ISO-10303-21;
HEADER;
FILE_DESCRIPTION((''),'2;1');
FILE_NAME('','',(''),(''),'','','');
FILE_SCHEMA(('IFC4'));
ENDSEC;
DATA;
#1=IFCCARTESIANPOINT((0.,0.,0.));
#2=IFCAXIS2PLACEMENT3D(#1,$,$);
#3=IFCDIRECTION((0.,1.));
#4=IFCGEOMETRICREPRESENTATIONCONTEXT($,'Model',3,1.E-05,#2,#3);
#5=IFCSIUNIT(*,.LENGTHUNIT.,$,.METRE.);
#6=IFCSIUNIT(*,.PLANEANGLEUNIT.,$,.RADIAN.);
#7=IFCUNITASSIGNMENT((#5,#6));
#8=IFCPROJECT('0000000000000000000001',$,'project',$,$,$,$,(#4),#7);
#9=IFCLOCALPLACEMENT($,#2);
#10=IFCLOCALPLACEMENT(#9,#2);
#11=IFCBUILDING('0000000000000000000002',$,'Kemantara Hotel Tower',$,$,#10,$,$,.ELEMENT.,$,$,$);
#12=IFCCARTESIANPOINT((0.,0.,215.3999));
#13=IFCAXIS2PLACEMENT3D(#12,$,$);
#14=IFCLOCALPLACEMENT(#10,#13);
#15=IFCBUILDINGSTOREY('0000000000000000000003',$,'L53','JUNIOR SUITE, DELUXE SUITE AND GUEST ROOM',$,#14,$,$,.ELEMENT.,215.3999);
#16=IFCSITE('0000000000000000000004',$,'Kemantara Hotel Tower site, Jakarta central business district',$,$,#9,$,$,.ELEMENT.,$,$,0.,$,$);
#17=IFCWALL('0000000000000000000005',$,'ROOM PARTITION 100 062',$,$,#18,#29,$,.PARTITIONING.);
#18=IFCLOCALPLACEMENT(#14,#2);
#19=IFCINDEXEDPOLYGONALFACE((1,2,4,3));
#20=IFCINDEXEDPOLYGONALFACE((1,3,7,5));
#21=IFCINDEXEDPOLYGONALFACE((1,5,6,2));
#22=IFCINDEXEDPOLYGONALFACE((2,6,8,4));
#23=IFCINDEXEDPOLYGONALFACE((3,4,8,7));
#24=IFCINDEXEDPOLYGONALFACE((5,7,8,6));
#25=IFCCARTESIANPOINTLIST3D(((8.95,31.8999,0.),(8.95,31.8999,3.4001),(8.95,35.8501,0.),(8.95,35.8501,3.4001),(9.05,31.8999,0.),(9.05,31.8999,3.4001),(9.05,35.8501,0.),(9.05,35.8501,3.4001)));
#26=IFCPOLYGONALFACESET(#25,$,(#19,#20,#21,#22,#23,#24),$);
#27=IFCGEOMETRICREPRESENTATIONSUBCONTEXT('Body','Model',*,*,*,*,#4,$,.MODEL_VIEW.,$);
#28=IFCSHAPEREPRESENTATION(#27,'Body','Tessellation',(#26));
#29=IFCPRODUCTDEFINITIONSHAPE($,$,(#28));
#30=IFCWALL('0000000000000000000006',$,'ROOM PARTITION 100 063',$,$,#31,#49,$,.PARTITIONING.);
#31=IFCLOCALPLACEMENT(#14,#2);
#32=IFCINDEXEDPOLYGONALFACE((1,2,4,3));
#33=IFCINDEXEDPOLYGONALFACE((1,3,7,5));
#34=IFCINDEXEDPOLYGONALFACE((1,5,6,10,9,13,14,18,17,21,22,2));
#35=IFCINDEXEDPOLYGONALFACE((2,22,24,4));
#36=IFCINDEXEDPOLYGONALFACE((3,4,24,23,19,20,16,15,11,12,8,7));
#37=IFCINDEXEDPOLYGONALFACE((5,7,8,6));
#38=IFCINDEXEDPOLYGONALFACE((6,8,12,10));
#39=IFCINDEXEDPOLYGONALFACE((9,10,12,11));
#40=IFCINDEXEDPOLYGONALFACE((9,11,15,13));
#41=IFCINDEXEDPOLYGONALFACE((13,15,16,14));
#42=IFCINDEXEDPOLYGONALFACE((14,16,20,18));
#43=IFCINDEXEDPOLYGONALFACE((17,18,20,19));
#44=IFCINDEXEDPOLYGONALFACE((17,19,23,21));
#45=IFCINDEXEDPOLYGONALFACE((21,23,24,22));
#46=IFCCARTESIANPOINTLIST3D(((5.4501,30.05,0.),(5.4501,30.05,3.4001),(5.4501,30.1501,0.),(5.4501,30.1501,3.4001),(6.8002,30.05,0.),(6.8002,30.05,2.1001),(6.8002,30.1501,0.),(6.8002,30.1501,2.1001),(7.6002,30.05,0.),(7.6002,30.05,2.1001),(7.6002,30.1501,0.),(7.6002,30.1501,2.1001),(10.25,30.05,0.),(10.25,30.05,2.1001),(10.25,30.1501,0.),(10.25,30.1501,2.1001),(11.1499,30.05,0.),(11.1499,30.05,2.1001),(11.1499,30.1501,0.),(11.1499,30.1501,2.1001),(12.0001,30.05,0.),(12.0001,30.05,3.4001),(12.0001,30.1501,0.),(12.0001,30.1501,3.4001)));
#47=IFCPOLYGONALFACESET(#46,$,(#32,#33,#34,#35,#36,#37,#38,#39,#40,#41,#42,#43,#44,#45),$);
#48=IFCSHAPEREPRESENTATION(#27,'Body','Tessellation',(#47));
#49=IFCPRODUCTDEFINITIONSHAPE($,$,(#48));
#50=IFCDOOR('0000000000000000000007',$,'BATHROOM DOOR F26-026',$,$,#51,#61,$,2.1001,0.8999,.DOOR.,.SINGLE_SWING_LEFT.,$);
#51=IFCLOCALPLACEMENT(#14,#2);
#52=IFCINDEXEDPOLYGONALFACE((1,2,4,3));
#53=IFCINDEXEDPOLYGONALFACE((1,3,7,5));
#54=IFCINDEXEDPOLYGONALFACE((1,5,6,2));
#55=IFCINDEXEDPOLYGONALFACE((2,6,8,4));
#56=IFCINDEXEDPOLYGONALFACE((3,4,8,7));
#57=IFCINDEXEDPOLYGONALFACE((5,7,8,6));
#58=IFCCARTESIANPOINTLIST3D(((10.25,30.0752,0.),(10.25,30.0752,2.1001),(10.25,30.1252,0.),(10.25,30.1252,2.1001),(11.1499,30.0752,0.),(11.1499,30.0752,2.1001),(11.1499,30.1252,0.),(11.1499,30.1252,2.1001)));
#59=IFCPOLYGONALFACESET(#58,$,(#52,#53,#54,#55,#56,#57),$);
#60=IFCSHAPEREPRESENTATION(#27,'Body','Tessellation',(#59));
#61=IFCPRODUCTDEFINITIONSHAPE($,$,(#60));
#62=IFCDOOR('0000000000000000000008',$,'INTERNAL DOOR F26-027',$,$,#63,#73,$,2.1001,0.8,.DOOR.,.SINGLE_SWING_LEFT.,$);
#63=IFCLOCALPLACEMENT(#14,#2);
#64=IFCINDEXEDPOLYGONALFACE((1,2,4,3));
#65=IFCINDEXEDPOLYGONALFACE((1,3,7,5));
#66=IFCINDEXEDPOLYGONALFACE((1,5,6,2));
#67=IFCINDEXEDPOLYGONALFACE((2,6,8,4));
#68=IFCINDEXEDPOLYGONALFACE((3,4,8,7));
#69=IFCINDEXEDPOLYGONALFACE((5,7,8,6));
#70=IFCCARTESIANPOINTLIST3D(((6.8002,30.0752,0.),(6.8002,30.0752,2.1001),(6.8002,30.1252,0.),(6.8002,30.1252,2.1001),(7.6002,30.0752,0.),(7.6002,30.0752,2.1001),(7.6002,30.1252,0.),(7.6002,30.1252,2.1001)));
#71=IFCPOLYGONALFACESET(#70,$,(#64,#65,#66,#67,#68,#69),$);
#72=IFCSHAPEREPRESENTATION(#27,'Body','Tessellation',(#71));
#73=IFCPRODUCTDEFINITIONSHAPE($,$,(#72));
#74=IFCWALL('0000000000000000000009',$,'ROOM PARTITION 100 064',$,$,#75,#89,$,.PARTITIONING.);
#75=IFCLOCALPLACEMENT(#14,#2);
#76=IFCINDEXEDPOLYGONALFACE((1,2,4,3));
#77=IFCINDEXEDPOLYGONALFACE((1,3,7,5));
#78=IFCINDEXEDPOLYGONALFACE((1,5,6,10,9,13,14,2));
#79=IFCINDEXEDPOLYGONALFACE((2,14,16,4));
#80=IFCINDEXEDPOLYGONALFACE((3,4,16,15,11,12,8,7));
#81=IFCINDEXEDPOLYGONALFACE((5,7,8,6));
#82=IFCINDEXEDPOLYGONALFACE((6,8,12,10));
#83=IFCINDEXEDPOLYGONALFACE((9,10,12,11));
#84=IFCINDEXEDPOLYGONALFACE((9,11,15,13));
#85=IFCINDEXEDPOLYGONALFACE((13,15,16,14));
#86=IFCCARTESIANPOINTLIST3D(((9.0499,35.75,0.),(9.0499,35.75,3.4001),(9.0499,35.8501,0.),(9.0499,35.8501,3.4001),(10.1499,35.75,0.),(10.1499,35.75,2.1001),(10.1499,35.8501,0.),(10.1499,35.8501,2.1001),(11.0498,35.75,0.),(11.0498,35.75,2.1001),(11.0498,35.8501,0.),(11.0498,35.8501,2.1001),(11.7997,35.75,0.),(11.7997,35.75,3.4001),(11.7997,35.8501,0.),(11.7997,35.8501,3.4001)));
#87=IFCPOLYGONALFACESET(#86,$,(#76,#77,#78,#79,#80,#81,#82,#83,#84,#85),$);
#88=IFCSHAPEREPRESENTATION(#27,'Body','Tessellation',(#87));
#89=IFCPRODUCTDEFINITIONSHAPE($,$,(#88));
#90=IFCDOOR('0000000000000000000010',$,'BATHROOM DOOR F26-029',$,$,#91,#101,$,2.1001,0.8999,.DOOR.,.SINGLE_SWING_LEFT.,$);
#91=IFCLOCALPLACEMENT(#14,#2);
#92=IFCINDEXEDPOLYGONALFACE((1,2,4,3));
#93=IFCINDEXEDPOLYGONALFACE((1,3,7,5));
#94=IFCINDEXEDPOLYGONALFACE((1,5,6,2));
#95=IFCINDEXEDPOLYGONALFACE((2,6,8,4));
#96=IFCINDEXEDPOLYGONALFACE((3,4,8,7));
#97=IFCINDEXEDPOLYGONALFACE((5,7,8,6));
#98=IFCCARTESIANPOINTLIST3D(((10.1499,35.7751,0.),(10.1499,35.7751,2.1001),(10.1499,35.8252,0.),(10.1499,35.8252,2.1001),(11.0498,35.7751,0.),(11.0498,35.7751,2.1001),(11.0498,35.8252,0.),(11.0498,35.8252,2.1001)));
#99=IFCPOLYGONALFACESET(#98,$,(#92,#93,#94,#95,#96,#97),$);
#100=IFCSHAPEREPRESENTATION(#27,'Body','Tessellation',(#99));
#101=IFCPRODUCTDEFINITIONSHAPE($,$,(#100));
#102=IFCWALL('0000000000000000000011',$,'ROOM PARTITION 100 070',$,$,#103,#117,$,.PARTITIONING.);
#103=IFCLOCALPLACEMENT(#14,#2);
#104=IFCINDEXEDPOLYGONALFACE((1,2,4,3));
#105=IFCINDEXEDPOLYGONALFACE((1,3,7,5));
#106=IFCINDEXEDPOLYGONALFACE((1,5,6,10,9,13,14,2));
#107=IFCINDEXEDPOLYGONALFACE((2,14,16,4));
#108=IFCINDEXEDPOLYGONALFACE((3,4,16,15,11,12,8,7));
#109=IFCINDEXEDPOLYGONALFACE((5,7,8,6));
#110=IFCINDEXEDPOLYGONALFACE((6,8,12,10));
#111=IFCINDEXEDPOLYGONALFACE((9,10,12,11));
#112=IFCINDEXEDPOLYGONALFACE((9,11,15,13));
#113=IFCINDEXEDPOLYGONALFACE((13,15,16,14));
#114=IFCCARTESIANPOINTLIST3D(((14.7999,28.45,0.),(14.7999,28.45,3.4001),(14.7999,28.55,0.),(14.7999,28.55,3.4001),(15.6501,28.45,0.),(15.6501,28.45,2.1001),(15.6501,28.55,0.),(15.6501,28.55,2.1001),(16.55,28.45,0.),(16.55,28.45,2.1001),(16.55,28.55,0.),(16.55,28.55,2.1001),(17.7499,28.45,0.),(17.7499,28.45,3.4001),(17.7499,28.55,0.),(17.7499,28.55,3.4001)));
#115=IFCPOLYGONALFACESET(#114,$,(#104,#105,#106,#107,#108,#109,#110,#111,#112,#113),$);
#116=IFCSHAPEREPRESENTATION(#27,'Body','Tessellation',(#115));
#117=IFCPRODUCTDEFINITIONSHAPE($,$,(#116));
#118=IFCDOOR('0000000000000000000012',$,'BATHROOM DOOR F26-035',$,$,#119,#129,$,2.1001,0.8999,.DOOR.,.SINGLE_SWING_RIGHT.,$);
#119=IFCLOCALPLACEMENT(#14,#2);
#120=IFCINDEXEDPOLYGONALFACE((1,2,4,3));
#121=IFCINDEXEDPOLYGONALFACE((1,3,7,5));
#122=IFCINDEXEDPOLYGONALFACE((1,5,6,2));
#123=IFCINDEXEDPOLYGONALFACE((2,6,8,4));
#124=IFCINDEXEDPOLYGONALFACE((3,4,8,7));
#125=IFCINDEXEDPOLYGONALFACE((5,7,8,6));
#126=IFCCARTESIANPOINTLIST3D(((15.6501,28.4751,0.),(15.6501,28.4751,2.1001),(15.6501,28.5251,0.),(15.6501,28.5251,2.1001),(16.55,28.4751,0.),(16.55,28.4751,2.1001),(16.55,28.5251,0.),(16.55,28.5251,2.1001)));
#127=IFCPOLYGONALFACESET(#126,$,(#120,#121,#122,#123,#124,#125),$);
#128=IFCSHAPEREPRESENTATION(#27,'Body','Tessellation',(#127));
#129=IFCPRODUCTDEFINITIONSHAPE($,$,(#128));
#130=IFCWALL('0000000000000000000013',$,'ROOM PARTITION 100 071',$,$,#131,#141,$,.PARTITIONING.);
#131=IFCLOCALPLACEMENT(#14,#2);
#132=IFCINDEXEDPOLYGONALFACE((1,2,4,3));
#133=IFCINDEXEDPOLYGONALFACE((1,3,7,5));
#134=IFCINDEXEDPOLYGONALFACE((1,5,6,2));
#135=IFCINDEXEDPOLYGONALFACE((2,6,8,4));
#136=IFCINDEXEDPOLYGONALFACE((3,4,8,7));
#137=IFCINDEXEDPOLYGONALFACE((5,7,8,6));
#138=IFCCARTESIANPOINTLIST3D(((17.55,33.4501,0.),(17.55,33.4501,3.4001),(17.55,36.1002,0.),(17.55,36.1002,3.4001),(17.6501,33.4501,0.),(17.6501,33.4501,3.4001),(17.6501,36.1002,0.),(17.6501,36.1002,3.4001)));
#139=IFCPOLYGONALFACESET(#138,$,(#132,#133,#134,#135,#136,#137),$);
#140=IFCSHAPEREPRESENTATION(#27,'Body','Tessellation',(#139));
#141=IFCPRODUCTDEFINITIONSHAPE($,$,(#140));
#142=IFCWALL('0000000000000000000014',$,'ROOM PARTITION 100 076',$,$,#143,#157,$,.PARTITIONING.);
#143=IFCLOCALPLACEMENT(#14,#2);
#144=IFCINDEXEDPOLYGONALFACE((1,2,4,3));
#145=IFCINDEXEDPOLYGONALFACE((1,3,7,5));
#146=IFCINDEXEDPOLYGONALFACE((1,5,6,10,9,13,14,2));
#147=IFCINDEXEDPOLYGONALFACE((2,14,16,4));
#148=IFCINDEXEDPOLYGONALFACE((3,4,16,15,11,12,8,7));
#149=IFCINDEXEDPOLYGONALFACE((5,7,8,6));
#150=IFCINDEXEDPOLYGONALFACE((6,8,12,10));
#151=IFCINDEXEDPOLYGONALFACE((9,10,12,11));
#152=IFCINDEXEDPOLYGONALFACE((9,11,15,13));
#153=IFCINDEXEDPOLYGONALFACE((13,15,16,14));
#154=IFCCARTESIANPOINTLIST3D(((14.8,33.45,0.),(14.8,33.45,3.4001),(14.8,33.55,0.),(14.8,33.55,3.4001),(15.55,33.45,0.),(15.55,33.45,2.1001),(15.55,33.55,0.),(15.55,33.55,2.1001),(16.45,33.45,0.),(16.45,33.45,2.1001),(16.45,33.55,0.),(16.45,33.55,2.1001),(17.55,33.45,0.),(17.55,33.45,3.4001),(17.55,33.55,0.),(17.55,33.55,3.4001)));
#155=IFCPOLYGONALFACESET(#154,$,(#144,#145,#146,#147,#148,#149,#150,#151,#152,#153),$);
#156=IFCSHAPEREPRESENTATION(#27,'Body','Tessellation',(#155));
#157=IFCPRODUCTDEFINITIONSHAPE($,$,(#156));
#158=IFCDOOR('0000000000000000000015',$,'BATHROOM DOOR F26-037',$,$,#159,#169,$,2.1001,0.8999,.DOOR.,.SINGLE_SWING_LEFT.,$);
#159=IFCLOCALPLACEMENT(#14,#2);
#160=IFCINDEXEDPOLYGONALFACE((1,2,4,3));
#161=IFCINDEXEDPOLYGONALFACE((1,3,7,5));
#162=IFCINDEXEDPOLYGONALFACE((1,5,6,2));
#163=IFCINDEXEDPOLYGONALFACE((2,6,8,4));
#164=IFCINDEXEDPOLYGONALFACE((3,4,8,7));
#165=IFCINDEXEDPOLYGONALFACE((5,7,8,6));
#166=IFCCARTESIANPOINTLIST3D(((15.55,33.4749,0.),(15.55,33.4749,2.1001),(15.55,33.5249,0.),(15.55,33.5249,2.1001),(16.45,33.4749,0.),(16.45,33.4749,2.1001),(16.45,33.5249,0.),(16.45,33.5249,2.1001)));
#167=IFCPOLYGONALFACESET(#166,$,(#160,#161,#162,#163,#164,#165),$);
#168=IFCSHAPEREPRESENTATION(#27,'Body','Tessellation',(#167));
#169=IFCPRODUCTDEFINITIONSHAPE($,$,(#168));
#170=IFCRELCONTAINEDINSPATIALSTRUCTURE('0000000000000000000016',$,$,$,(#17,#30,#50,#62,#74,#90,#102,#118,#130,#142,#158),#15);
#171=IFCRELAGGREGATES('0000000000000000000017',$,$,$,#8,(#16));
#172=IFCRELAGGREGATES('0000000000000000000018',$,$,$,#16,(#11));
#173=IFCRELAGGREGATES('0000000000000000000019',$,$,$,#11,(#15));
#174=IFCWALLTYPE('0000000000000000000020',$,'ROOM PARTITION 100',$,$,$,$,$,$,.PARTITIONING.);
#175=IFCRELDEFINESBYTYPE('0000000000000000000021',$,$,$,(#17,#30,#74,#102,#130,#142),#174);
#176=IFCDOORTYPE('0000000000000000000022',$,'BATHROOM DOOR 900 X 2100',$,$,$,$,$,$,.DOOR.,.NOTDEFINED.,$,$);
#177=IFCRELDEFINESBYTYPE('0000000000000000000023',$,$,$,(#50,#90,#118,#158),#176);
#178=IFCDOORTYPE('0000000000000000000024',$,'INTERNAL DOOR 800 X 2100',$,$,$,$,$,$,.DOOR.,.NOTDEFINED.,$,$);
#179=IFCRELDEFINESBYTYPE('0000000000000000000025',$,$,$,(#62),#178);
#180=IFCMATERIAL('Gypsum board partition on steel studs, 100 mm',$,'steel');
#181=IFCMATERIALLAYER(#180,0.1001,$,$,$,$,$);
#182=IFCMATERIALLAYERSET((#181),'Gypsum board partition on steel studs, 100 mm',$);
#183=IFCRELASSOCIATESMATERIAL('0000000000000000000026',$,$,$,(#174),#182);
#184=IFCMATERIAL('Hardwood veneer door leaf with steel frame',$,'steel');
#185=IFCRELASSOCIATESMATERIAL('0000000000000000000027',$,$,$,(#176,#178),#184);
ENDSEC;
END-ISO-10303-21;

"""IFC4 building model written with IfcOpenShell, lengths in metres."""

from ifc_helpers import new_model, si_unit, direction, frame, frame_2d, origin, place, context, subcontext, project, spatial, rectangle, extrude, material, layer, layer_set, type_object, element, fill, save


model = new_model("IFC4")

# Units and contexts
model_context = context("Model", 3, precision=1e-05, world=origin(), true_north=direction((0.0, 1.0)))
body_context = subcontext(model_context, "Body", "Model", "MODEL_VIEW")
ifc_project = project(units=[si_unit("LENGTHUNIT", "METRE"), si_unit("PLANEANGLEUNIT", "RADIAN")], contexts=[model_context])

# Site, building, storey
site_placement = place(None, origin())
site = spatial("IfcSite", under=ifc_project, at=site_placement, Name="Kemantara Hotel Tower site, Jakarta central business district", CompositionType="ELEMENT", RefElevation=0.0)
building_placement = place(site_placement, origin())
building = spatial("IfcBuilding", under=site, at=building_placement, Name="Kemantara Hotel Tower", CompositionType="ELEMENT")
storey_placement = place(building_placement, frame((0.0, 0.0, 215.3999)))
storey = spatial("IfcBuildingStorey", under=building, at=storey_placement, Name="L53", Description="JUNIOR SUITE, DELUXE SUITE AND GUEST ROOM", CompositionType="ELEMENT", Elevation=215.3999)

# Shared definitions
ifc_material_1 = material(Name="Hardwood veneer door leaf with steel frame", Category="steel")

# Wall
ifc_material_2 = material(Name="Gypsum board partition on steel studs, 100 mm", Category="steel")
ifc_layer_1 = layer(ifc_material_2, 0.1001)
ifc_layer_set_1 = layer_set([ifc_layer_1], Name="Gypsum board partition on steel studs, 100 mm")
wall_type_1 = type_object("IfcWallType", Name="ROOM PARTITION 100", PredefinedType="PARTITIONING", material=ifc_layer_set_1)
wall_1_placement = place(storey_placement, frame((9.0, 31.8999, 0.0), z_axis=(0.0, 0.0, 1.0), x_axis=(0.0, 1.0, 0.0)))
element("IfcWall", 1, at=wall_1_placement, inside=storey, type_object=wall_type_1, Name="ROOM PARTITION 100 062", PredefinedType="PARTITIONING", context=body_context, shape_type="SweptSolid", body=[
    extrude(rectangle(XDim=3.9502, YDim=0.1001, at=frame_2d((1.9751, 0.0))), origin(), (0.0, 0.0, 1.0), 3.4001),
])

# Wall, openings, doors
wall_2_placement = place(storey_placement, frame((12.0, 30.1001, 0.0), z_axis=(0.0, 0.0, 1.0), x_axis=(-1.0, 0.0, 0.0)))
wall_2 = element("IfcWall", 2, at=wall_2_placement, inside=storey, type_object=wall_type_1, Name="ROOM PARTITION 100 063", PredefinedType="PARTITIONING", context=body_context, shape_type="SweptSolid", body=[
    extrude(rectangle(XDim=6.55, YDim=0.1001, at=frame_2d((3.2749, 0.0))), origin(), (0.0, 0.0, 1.0), 3.4001),
])
opening_1_placement = place(wall_2_placement, frame((0.8501, 0.0, 0.0)))
opening_1 = element("IfcOpeningElement", 3, at=opening_1_placement, cuts=wall_2, PredefinedType="OPENING", context=body_context, shape_type="SweptSolid", body=[
    extrude(rectangle(XDim=0.8999, YDim=2.1001, at=frame_2d((0.45, 1.05))), frame((0.0, 0.0601, 0.0), z_axis=(0.0, -1.0, 0.0), x_axis=(1.0, 0.0, 0.0)), (0.0, 0.0, 1.0), 0.1201),
])
opening_2_placement = place(wall_2_placement, frame((4.3999, 0.0, 0.0)))
opening_2 = element("IfcOpeningElement", 4, at=opening_2_placement, cuts=wall_2, PredefinedType="OPENING", context=body_context, shape_type="SweptSolid", body=[
    extrude(rectangle(XDim=0.8, YDim=2.1001, at=frame_2d((0.3999, 1.05))), frame((0.0, 0.0601, 0.0), z_axis=(0.0, -1.0, 0.0), x_axis=(1.0, 0.0, 0.0)), (0.0, 0.0, 1.0), 0.1201),
])
door_type_1 = type_object("IfcDoorType", Name="BATHROOM DOOR 900 X 2100", OperationType="NOTDEFINED", PredefinedType="DOOR", material=ifc_material_1)
door_1_placement = place(opening_1_placement, origin())
door_1 = element("IfcDoor", 5, at=door_1_placement, inside=storey, type_object=door_type_1, Name="BATHROOM DOOR F26-026", OperationType="SINGLE_SWING_LEFT", OverallHeight=2.1001, OverallWidth=0.8999, PredefinedType="DOOR", context=body_context, shape_type="SweptSolid", body=[
    extrude(rectangle(XDim=0.8999, YDim=2.1001, at=frame_2d((0.45, 1.05))), frame((0.0, 0.0249, 0.0), z_axis=(0.0, -1.0, 0.0), x_axis=(1.0, 0.0, 0.0)), (0.0, 0.0, 1.0), 0.05),
])
fill(opening_1, door_1)
door_type_2 = type_object("IfcDoorType", Name="INTERNAL DOOR 800 X 2100", OperationType="NOTDEFINED", PredefinedType="DOOR", material=ifc_material_1)
door_2_placement = place(opening_2_placement, origin())
door_2 = element("IfcDoor", 6, at=door_2_placement, inside=storey, type_object=door_type_2, Name="INTERNAL DOOR F26-027", OperationType="SINGLE_SWING_LEFT", OverallHeight=2.1001, OverallWidth=0.8, PredefinedType="DOOR", context=body_context, shape_type="SweptSolid", body=[
    extrude(rectangle(XDim=0.8, YDim=2.1001, at=frame_2d((0.3999, 1.05))), frame((0.0, 0.0249, 0.0), z_axis=(0.0, -1.0, 0.0), x_axis=(1.0, 0.0, 0.0)), (0.0, 0.0, 1.0), 0.05),
])
fill(opening_2, door_2)

# Walls, openings, doors
wall_3_placement = place(storey_placement, frame((11.7998, 35.8, 0.0), z_axis=(0.0, 0.0, 1.0), x_axis=(-1.0, 0.0, 0.0)))
wall_3 = element("IfcWall", 7, at=wall_3_placement, inside=storey, type_object=wall_type_1, Name="ROOM PARTITION 100 064", PredefinedType="PARTITIONING", context=body_context, shape_type="SweptSolid", body=[
    extrude(rectangle(XDim=2.7498, YDim=0.1001, at=frame_2d((1.375, 0.0))), origin(), (0.0, 0.0, 1.0), 3.4001),
])
opening_3_placement = place(wall_3_placement, frame((0.75, 0.0, 0.0)))
opening_3 = element("IfcOpeningElement", 8, at=opening_3_placement, cuts=wall_3, PredefinedType="OPENING", context=body_context, shape_type="SweptSolid", body=[
    extrude(rectangle(XDim=0.8999, YDim=2.1001, at=frame_2d((0.45, 1.05))), frame((0.0, 0.0601, 0.0), z_axis=(0.0, -1.0, 0.0), x_axis=(1.0, 0.0, 0.0)), (0.0, 0.0, 1.0), 0.1201),
])
door_3_placement = place(opening_3_placement, origin())
door_3 = element("IfcDoor", 9, at=door_3_placement, inside=storey, type_object=door_type_1, Name="BATHROOM DOOR F26-029", OperationType="SINGLE_SWING_LEFT", OverallHeight=2.1001, OverallWidth=0.8999, PredefinedType="DOOR", context=body_context, shape_type="SweptSolid", body=[
    extrude(rectangle(XDim=0.8999, YDim=2.1001, at=frame_2d((0.45, 1.05))), frame((0.0, 0.0249, 0.0), z_axis=(0.0, -1.0, 0.0), x_axis=(1.0, 0.0, 0.0)), (0.0, 0.0, 1.0), 0.05),
])
fill(opening_3, door_3)
wall_4_placement = place(storey_placement, frame((17.75, 28.5, 0.0), z_axis=(0.0, 0.0, 1.0), x_axis=(-1.0, 0.0, 0.0)))
wall_4 = element("IfcWall", 10, at=wall_4_placement, inside=storey, type_object=wall_type_1, Name="ROOM PARTITION 100 070", PredefinedType="PARTITIONING", context=body_context, shape_type="SweptSolid", body=[
    extrude(rectangle(XDim=2.95, YDim=0.1001, at=frame_2d((1.4751, 0.0))), origin(), (0.0, 0.0, 1.0), 3.4001),
])
opening_4_placement = place(wall_4_placement, frame((1.2, 0.0, 0.0)))
opening_4 = element("IfcOpeningElement", 11, at=opening_4_placement, cuts=wall_4, PredefinedType="OPENING", context=body_context, shape_type="SweptSolid", body=[
    extrude(rectangle(XDim=0.8999, YDim=2.1001, at=frame_2d((0.45, 1.05))), frame((0.0, 0.0601, 0.0), z_axis=(0.0, -1.0, 0.0), x_axis=(1.0, 0.0, 0.0)), (0.0, 0.0, 1.0), 0.1201),
])
door_4_placement = place(opening_4_placement, origin())
door_4 = element("IfcDoor", 12, at=door_4_placement, inside=storey, type_object=door_type_1, Name="BATHROOM DOOR F26-035", OperationType="SINGLE_SWING_RIGHT", OverallHeight=2.1001, OverallWidth=0.8999, PredefinedType="DOOR", context=body_context, shape_type="SweptSolid", body=[
    extrude(rectangle(XDim=0.8999, YDim=2.1001, at=frame_2d((0.45, 1.05))), frame((0.0, 0.0249, 0.0), z_axis=(0.0, -1.0, 0.0), x_axis=(1.0, 0.0, 0.0)), (0.0, 0.0, 1.0), 0.05),
])
fill(opening_4, door_4)

# Wall
wall_5_placement = place(storey_placement, frame((17.6001, 33.45, 0.0), z_axis=(0.0, 0.0, 1.0), x_axis=(0.0, 1.0, 0.0)))
element("IfcWall", 13, at=wall_5_placement, inside=storey, type_object=wall_type_1, Name="ROOM PARTITION 100 071", PredefinedType="PARTITIONING", context=body_context, shape_type="SweptSolid", body=[
    extrude(rectangle(XDim=2.6501, YDim=0.1001, at=frame_2d((1.3252, 0.0))), origin(), (0.0, 0.0, 1.0), 3.4001),
])

# Wall, opening, door
wall_6_placement = place(storey_placement, frame((14.8, 33.5, 0.0), z_axis=(0.0, 0.0, 1.0), x_axis=(1.0, 0.0, 0.0)))
wall_6 = element("IfcWall", 14, at=wall_6_placement, inside=storey, type_object=wall_type_1, Name="ROOM PARTITION 100 076", PredefinedType="PARTITIONING", context=body_context, shape_type="SweptSolid", body=[
    extrude(rectangle(XDim=2.75, YDim=0.1001, at=frame_2d((1.375, 0.0))), origin(), (0.0, 0.0, 1.0), 3.4001),
])
opening_5_placement = place(wall_6_placement, frame((0.75, 0.0, 0.0)))
opening_5 = element("IfcOpeningElement", 15, at=opening_5_placement, cuts=wall_6, PredefinedType="OPENING", context=body_context, shape_type="SweptSolid", body=[
    extrude(rectangle(XDim=0.8999, YDim=2.1001, at=frame_2d((0.45, 1.05))), frame((0.0, 0.0601, 0.0), z_axis=(0.0, -1.0, 0.0), x_axis=(1.0, 0.0, 0.0)), (0.0, 0.0, 1.0), 0.1201),
])
door_5_placement = place(opening_5_placement, origin())
door_5 = element("IfcDoor", 16, at=door_5_placement, inside=storey, type_object=door_type_1, Name="BATHROOM DOOR F26-037", OperationType="SINGLE_SWING_LEFT", OverallHeight=2.1001, OverallWidth=0.8999, PredefinedType="DOOR", context=body_context, shape_type="SweptSolid", body=[
    extrude(rectangle(XDim=0.8999, YDim=2.1001, at=frame_2d((0.45, 1.05))), frame((0.0, 0.0249, 0.0), z_axis=(0.0, -1.0, 0.0), x_axis=(1.0, 0.0, 0.0)), (0.0, 0.0, 1.0), 0.05),
])
fill(opening_5, door_5)

save(model, "model.ifc")
